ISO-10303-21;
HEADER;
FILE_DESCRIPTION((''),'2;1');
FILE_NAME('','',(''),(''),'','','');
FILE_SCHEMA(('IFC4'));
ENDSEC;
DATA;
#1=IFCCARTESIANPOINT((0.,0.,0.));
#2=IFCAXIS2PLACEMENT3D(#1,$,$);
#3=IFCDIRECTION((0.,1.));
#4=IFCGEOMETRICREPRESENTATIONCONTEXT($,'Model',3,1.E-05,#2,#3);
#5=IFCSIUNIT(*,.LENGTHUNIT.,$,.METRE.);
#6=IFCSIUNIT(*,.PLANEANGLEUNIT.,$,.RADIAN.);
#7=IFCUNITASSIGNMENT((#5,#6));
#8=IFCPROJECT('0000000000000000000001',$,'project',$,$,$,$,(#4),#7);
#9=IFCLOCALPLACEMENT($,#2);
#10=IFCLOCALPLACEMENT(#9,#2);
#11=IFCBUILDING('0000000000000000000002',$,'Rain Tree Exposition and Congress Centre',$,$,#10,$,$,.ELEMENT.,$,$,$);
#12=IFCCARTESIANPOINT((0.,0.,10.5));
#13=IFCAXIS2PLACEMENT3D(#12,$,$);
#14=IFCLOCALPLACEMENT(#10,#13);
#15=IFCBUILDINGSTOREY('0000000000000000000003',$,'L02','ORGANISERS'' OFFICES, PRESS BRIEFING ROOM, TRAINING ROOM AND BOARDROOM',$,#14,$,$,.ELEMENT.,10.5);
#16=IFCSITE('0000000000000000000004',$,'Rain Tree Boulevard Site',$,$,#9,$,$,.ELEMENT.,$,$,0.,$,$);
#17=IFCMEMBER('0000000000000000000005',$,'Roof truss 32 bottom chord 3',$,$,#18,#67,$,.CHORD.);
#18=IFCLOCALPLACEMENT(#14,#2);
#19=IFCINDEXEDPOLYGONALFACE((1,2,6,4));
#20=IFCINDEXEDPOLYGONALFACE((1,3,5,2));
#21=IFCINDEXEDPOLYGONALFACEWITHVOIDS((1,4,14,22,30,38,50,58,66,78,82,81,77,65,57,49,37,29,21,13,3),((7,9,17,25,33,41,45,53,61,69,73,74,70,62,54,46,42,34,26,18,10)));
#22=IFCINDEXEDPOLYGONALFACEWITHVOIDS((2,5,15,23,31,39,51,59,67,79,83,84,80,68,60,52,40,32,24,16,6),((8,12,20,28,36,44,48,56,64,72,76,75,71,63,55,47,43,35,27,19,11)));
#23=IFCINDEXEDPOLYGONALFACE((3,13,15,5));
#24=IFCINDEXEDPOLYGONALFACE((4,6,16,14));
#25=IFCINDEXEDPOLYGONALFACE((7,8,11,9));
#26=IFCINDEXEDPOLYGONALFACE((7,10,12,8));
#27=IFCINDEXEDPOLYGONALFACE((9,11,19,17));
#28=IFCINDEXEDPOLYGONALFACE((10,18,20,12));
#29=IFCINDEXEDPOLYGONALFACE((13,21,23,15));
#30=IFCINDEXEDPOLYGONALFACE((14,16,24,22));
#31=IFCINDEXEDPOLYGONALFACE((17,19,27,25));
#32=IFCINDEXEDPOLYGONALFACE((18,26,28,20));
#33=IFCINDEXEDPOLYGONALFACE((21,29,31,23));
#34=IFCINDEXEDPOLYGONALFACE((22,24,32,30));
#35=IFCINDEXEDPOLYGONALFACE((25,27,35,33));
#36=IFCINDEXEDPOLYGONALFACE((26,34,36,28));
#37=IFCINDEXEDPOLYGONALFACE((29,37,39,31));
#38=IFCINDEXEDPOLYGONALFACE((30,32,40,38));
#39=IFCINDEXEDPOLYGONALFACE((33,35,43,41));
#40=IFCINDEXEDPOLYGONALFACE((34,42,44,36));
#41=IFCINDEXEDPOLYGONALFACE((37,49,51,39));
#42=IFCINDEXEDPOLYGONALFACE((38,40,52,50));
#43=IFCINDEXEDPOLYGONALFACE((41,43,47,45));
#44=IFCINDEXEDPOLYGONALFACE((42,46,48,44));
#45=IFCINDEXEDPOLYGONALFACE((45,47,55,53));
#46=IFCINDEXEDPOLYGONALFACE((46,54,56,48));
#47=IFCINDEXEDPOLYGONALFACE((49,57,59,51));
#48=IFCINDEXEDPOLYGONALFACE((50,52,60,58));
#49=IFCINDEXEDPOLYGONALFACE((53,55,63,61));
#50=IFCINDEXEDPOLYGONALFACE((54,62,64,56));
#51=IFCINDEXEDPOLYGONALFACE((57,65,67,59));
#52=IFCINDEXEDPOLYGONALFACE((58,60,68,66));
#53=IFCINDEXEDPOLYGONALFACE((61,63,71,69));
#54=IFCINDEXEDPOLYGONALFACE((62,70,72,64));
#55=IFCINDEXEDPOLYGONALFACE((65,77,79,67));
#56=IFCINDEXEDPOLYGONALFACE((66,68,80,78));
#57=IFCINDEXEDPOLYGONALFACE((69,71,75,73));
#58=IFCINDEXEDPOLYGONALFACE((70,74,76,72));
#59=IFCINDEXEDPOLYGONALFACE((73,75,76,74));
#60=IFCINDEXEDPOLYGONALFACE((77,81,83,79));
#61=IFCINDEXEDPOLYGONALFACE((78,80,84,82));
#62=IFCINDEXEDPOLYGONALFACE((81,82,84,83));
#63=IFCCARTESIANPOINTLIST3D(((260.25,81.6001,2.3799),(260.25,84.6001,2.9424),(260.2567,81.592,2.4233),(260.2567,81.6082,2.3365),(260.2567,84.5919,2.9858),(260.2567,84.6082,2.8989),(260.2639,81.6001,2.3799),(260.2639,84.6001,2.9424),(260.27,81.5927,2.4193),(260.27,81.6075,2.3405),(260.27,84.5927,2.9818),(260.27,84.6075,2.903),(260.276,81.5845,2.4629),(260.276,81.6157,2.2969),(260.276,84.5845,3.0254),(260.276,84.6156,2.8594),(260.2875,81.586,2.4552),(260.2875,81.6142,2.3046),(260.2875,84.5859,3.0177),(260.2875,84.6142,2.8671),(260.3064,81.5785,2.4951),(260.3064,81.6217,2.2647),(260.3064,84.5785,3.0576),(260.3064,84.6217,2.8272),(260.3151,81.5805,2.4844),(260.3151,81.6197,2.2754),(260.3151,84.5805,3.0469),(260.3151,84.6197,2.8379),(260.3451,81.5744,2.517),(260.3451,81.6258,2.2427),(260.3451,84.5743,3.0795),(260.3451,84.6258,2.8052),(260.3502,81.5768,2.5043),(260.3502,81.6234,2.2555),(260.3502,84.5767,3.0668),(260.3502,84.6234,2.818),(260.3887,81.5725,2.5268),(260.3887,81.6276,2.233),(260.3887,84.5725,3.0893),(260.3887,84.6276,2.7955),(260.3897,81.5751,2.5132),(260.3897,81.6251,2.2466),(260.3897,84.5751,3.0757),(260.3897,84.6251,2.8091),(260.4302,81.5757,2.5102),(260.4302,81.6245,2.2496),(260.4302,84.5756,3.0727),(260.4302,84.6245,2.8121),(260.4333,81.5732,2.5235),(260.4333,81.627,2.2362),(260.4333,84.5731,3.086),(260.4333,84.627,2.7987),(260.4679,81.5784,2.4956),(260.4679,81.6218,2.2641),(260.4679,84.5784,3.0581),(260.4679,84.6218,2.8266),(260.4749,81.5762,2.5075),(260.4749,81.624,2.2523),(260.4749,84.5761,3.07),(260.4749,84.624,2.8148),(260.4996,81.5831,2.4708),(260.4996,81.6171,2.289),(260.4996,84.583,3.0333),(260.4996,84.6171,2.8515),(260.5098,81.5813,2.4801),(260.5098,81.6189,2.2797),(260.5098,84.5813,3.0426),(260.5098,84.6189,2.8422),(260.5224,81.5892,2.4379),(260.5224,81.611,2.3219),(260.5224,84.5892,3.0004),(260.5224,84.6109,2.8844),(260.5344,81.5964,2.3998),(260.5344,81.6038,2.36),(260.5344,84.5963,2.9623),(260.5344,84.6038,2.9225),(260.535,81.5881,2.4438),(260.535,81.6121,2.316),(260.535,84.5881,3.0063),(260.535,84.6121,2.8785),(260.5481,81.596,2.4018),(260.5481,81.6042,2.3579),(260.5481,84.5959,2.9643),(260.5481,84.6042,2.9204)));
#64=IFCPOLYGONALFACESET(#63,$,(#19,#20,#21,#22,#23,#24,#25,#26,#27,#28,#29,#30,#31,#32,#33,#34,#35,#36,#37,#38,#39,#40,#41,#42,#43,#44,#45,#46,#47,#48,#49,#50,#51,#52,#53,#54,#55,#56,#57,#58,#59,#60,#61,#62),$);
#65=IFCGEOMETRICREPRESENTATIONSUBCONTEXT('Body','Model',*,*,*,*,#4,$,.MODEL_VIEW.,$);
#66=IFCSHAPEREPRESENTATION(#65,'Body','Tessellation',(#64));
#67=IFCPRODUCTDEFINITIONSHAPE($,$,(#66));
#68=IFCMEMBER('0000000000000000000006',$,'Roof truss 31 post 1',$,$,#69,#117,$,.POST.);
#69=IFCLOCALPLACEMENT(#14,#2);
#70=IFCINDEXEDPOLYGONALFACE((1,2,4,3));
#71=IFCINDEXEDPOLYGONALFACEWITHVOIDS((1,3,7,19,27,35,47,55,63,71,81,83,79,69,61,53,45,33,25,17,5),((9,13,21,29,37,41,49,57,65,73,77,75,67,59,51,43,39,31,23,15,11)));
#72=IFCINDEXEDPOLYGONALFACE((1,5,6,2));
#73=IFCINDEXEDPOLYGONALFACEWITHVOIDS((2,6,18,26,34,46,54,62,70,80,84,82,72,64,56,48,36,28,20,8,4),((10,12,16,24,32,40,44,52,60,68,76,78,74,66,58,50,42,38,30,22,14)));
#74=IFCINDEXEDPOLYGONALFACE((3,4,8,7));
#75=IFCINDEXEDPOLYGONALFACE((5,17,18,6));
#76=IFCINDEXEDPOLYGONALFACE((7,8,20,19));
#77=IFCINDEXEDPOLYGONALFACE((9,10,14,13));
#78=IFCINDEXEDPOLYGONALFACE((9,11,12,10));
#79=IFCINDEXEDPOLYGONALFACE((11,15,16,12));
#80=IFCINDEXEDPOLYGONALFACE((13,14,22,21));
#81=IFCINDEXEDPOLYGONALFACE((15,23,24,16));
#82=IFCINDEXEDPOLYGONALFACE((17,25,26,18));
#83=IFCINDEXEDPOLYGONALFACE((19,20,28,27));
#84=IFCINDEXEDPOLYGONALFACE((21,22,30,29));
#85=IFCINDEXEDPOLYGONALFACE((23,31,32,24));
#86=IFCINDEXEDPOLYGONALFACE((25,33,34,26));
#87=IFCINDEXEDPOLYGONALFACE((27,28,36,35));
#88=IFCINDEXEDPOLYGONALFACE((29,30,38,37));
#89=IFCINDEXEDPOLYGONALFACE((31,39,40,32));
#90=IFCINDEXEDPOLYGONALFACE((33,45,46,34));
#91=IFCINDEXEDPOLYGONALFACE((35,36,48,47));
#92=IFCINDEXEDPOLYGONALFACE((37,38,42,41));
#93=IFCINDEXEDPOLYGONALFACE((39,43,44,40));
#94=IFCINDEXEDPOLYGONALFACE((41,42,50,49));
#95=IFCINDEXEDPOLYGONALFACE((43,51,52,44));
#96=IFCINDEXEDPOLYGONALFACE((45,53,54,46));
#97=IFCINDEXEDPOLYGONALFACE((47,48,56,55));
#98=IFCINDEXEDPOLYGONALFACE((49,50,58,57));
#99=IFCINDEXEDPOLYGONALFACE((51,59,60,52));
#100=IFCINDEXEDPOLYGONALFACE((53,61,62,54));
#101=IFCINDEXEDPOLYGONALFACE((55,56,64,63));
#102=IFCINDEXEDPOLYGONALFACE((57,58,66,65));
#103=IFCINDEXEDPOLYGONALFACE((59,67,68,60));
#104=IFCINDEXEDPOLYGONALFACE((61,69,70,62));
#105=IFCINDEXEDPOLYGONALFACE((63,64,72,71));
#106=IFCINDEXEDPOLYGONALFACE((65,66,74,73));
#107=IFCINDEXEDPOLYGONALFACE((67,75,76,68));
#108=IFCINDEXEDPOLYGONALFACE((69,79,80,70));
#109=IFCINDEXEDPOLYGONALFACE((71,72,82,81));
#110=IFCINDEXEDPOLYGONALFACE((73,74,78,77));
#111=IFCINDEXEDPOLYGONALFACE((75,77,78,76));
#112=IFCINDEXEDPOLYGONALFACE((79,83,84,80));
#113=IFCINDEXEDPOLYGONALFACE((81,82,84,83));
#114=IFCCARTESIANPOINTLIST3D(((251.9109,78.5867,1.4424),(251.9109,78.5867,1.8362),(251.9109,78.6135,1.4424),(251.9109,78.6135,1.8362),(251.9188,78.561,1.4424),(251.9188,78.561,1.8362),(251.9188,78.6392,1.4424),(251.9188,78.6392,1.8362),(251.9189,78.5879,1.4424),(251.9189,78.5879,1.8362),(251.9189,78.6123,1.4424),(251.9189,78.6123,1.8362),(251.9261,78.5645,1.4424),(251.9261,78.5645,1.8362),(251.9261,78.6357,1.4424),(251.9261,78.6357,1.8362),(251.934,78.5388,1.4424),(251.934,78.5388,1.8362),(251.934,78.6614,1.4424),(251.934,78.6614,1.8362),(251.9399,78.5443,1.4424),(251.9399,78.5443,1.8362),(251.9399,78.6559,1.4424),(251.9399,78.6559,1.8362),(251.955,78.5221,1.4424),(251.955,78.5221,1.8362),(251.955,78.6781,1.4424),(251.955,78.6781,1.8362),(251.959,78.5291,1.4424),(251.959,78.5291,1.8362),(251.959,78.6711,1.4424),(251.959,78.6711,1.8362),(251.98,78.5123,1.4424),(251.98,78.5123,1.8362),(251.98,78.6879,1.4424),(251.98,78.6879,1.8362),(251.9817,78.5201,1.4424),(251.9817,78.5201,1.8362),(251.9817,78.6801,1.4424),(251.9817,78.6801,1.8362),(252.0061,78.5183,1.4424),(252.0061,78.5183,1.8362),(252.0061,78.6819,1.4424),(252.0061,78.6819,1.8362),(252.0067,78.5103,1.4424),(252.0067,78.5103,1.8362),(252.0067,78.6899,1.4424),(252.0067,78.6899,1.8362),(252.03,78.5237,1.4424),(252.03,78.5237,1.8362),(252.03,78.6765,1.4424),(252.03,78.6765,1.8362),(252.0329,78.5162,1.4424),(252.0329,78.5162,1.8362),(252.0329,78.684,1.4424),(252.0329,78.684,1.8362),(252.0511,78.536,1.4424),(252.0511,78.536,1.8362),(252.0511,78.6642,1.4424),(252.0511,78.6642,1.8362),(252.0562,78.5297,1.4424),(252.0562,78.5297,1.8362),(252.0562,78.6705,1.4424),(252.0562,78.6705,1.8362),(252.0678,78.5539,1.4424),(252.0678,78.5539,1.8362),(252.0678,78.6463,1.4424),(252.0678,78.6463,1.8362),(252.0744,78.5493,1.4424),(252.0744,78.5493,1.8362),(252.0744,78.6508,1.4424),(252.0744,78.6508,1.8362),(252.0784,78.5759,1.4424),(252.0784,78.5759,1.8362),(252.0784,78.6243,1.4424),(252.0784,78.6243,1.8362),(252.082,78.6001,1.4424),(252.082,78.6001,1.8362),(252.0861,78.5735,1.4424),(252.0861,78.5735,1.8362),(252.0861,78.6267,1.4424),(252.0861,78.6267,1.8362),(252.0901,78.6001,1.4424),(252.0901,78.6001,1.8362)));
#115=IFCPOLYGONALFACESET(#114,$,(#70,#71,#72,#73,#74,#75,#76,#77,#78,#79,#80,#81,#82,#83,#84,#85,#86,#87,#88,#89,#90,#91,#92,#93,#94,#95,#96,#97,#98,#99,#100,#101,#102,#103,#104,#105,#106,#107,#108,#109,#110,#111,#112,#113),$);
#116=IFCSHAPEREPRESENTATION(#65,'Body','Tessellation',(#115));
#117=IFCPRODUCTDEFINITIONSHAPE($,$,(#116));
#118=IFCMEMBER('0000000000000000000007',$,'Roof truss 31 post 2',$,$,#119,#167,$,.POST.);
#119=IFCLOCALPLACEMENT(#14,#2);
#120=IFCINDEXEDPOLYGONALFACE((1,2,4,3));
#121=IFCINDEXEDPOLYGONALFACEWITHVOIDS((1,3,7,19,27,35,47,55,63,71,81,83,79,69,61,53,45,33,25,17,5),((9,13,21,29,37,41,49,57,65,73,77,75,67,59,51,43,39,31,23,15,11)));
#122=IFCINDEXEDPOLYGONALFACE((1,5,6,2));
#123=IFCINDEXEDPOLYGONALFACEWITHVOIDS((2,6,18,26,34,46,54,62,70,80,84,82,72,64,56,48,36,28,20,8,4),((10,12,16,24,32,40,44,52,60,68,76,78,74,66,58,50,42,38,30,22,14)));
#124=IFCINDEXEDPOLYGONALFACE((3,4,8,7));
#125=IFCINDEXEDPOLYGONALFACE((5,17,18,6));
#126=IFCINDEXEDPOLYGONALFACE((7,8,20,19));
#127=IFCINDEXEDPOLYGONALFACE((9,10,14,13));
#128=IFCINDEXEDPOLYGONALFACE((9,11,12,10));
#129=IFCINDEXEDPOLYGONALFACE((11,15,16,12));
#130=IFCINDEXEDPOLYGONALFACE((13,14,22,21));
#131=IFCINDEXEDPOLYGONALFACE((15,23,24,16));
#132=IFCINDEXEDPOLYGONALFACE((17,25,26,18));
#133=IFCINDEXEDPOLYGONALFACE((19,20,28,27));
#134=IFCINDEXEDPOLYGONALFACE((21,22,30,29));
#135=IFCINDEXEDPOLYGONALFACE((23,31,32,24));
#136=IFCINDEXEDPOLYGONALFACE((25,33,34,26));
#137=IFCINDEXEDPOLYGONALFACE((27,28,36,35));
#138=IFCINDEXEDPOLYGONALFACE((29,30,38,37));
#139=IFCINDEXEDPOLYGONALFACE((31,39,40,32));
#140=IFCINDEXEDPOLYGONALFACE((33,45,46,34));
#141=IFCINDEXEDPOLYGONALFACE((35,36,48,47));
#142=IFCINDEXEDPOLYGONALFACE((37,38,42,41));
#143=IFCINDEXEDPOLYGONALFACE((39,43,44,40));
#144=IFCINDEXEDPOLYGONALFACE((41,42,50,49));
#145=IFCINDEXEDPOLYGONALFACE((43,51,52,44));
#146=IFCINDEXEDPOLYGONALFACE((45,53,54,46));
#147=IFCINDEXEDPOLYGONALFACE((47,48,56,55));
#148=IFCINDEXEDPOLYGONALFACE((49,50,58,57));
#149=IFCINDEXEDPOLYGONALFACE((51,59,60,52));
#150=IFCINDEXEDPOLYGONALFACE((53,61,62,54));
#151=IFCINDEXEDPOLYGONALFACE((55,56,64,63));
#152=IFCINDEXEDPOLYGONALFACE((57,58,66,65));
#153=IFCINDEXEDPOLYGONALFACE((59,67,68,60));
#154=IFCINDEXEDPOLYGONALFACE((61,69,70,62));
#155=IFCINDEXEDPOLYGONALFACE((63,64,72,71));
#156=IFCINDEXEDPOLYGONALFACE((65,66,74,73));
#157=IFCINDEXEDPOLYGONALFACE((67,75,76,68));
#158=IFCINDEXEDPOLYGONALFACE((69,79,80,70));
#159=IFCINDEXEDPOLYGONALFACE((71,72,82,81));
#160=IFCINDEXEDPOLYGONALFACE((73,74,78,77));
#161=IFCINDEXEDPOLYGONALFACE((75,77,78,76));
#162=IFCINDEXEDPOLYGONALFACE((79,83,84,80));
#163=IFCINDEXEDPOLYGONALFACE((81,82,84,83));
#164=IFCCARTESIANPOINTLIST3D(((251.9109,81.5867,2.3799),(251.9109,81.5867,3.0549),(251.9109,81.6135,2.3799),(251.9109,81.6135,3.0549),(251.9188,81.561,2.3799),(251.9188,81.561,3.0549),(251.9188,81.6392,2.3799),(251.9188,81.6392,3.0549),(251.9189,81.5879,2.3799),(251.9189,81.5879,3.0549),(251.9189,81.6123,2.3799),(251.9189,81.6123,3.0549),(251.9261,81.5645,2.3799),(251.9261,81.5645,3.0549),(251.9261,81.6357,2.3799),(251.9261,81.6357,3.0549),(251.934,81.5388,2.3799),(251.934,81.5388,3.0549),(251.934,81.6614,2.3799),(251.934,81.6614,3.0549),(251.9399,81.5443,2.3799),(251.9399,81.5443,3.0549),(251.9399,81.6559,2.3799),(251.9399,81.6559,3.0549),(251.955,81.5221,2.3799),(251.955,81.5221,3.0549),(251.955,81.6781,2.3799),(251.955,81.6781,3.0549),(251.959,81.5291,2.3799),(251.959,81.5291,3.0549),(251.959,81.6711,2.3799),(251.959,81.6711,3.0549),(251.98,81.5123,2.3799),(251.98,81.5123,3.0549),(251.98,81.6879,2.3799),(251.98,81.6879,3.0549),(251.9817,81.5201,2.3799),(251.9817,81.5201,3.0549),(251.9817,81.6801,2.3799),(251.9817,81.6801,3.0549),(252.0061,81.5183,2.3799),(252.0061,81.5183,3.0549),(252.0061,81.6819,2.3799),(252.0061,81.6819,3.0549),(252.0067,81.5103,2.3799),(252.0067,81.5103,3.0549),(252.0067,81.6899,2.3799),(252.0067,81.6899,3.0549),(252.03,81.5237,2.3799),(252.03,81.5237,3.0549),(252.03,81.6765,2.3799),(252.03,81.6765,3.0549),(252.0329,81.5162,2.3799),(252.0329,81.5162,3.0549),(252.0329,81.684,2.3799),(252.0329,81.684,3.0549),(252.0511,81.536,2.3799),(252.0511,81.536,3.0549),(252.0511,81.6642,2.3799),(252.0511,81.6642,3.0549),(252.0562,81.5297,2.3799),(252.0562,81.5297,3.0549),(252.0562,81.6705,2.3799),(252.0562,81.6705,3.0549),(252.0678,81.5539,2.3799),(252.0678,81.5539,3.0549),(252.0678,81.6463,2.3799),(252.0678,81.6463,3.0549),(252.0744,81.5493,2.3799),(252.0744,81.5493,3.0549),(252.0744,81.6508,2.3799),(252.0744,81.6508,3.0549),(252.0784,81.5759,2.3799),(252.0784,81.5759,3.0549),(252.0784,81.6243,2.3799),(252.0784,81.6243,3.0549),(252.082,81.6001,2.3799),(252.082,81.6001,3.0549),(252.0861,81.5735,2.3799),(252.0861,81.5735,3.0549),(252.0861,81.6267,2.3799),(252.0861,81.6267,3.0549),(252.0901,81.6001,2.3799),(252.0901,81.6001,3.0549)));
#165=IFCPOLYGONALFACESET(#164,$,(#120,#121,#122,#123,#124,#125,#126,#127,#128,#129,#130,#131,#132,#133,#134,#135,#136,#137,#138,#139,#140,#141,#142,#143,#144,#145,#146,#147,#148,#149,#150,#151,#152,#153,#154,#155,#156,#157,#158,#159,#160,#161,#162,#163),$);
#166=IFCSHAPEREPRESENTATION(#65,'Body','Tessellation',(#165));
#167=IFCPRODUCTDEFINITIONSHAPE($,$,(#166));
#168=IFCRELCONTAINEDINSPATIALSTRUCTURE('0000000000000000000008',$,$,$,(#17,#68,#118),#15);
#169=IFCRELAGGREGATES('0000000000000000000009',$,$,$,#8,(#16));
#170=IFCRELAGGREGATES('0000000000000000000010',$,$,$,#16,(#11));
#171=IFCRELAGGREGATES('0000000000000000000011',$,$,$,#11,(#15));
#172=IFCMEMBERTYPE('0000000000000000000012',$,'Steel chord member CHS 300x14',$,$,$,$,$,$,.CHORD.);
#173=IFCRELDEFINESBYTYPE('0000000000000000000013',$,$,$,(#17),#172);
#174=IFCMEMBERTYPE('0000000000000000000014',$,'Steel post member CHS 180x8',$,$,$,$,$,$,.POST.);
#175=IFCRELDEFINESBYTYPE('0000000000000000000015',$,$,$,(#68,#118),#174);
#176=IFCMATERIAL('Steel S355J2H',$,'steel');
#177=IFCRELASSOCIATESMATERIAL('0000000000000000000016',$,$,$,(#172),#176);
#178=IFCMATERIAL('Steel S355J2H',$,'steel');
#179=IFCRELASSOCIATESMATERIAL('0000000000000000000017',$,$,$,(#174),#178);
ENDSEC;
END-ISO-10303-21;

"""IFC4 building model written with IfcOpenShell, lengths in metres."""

from ifc_helpers import new_model, si_unit, direction, frame, origin, origin_2d, place, context, subcontext, project, spatial, hollow_circle, extrude, material, material_profile, profile_set, type_object, element, save


model = new_model("IFC4")

# Units and contexts
model_context = context("Model", 3, precision=1e-05, world=origin(), true_north=direction((0.0, 1.0)))
body_context = subcontext(model_context, "Body", "Model", "MODEL_VIEW")
ifc_project = project(units=[si_unit("LENGTHUNIT", "METRE"), si_unit("PLANEANGLEUNIT", "RADIAN")], contexts=[model_context])

# Site, building, storey
site_placement = place(None, origin())
site = spatial("IfcSite", under=ifc_project, at=site_placement, Name="Rain Tree Boulevard Site", CompositionType="ELEMENT", RefElevation=0.0)
building_placement = place(site_placement, origin())
building = spatial("IfcBuilding", under=site, at=building_placement, Name="Rain Tree Exposition and Congress Centre", CompositionType="ELEMENT")
storey_placement = place(building_placement, frame((0.0, 0.0, 10.5)))
storey = spatial("IfcBuildingStorey", under=building, at=storey_placement, Name="L02", Description="ORGANISERS' OFFICES, PRESS BRIEFING ROOM, TRAINING ROOM AND BOARDROOM", CompositionType="ELEMENT", Elevation=10.5)

# Members
ifc_material_1 = material(Name="Steel S355J2H", Category="steel")
ifc_material_profile_1 = material_profile(ifc_material_1, hollow_circle(Radius=0.1499, WallThickness=0.0139, at=origin_2d()), Name="CHS 300x14")
ifc_profile_set_1 = profile_set([ifc_material_profile_1], Name="Steel S355J2H")
member_type_1 = type_object("IfcMemberType", Name="Steel chord member CHS 300x14", PredefinedType="CHORD", material=ifc_profile_set_1)
member_1_placement = place(storey_placement, frame((260.3999, 81.6001, 2.3799), z_axis=(0.0, 0.982872, 0.184289), x_axis=(-1.0, 0.0, 0.0)))
element("IfcMember", 1, at=member_1_placement, inside=storey, type_object=member_type_1, Name="Roof truss 32 bottom chord 3", PredefinedType="CHORD", context=body_context, shape_type="SweptSolid", body=[
    extrude(hollow_circle(Radius=0.1499, WallThickness=0.0139, at=origin_2d()), origin(), (0.0, 0.0, 1.0), 3.0522),
])
ifc_material_2 = material(Name="Steel S355J2H", Category="steel")
ifc_material_profile_2 = material_profile(ifc_material_2, hollow_circle(Radius=0.0901, WallThickness=0.0081, at=origin_2d()), Name="CHS 180x8")
ifc_profile_set_2 = profile_set([ifc_material_profile_2], Name="Steel S355J2H")
member_type_2 = type_object("IfcMemberType", Name="Steel post member CHS 180x8", PredefinedType="POST", material=ifc_profile_set_2)
member_2_placement = place(storey_placement, frame((252.0, 78.6001, 1.4424), z_axis=(0.0, 0.0, 1.0), x_axis=(1.0, 0.0, 0.0)))
element("IfcMember", 2, at=member_2_placement, inside=storey, type_object=member_type_2, Name="Roof truss 31 post 1", PredefinedType="POST", context=body_context, shape_type="SweptSolid", body=[
    extrude(hollow_circle(Radius=0.0901, WallThickness=0.0081, at=origin_2d()), origin(), (0.0, 0.0, 1.0), 0.3938),
])
member_3_placement = place(storey_placement, frame((252.0, 81.6001, 2.3799), z_axis=(0.0, 0.0, 1.0), x_axis=(1.0, 0.0, 0.0)))
element("IfcMember", 3, at=member_3_placement, inside=storey, type_object=member_type_2, Name="Roof truss 31 post 2", PredefinedType="POST", context=body_context, shape_type="SweptSolid", body=[
    extrude(hollow_circle(Radius=0.0901, WallThickness=0.0081, at=origin_2d()), origin(), (0.0, 0.0, 1.0), 0.675),
])

save(model, "model.ifc")
